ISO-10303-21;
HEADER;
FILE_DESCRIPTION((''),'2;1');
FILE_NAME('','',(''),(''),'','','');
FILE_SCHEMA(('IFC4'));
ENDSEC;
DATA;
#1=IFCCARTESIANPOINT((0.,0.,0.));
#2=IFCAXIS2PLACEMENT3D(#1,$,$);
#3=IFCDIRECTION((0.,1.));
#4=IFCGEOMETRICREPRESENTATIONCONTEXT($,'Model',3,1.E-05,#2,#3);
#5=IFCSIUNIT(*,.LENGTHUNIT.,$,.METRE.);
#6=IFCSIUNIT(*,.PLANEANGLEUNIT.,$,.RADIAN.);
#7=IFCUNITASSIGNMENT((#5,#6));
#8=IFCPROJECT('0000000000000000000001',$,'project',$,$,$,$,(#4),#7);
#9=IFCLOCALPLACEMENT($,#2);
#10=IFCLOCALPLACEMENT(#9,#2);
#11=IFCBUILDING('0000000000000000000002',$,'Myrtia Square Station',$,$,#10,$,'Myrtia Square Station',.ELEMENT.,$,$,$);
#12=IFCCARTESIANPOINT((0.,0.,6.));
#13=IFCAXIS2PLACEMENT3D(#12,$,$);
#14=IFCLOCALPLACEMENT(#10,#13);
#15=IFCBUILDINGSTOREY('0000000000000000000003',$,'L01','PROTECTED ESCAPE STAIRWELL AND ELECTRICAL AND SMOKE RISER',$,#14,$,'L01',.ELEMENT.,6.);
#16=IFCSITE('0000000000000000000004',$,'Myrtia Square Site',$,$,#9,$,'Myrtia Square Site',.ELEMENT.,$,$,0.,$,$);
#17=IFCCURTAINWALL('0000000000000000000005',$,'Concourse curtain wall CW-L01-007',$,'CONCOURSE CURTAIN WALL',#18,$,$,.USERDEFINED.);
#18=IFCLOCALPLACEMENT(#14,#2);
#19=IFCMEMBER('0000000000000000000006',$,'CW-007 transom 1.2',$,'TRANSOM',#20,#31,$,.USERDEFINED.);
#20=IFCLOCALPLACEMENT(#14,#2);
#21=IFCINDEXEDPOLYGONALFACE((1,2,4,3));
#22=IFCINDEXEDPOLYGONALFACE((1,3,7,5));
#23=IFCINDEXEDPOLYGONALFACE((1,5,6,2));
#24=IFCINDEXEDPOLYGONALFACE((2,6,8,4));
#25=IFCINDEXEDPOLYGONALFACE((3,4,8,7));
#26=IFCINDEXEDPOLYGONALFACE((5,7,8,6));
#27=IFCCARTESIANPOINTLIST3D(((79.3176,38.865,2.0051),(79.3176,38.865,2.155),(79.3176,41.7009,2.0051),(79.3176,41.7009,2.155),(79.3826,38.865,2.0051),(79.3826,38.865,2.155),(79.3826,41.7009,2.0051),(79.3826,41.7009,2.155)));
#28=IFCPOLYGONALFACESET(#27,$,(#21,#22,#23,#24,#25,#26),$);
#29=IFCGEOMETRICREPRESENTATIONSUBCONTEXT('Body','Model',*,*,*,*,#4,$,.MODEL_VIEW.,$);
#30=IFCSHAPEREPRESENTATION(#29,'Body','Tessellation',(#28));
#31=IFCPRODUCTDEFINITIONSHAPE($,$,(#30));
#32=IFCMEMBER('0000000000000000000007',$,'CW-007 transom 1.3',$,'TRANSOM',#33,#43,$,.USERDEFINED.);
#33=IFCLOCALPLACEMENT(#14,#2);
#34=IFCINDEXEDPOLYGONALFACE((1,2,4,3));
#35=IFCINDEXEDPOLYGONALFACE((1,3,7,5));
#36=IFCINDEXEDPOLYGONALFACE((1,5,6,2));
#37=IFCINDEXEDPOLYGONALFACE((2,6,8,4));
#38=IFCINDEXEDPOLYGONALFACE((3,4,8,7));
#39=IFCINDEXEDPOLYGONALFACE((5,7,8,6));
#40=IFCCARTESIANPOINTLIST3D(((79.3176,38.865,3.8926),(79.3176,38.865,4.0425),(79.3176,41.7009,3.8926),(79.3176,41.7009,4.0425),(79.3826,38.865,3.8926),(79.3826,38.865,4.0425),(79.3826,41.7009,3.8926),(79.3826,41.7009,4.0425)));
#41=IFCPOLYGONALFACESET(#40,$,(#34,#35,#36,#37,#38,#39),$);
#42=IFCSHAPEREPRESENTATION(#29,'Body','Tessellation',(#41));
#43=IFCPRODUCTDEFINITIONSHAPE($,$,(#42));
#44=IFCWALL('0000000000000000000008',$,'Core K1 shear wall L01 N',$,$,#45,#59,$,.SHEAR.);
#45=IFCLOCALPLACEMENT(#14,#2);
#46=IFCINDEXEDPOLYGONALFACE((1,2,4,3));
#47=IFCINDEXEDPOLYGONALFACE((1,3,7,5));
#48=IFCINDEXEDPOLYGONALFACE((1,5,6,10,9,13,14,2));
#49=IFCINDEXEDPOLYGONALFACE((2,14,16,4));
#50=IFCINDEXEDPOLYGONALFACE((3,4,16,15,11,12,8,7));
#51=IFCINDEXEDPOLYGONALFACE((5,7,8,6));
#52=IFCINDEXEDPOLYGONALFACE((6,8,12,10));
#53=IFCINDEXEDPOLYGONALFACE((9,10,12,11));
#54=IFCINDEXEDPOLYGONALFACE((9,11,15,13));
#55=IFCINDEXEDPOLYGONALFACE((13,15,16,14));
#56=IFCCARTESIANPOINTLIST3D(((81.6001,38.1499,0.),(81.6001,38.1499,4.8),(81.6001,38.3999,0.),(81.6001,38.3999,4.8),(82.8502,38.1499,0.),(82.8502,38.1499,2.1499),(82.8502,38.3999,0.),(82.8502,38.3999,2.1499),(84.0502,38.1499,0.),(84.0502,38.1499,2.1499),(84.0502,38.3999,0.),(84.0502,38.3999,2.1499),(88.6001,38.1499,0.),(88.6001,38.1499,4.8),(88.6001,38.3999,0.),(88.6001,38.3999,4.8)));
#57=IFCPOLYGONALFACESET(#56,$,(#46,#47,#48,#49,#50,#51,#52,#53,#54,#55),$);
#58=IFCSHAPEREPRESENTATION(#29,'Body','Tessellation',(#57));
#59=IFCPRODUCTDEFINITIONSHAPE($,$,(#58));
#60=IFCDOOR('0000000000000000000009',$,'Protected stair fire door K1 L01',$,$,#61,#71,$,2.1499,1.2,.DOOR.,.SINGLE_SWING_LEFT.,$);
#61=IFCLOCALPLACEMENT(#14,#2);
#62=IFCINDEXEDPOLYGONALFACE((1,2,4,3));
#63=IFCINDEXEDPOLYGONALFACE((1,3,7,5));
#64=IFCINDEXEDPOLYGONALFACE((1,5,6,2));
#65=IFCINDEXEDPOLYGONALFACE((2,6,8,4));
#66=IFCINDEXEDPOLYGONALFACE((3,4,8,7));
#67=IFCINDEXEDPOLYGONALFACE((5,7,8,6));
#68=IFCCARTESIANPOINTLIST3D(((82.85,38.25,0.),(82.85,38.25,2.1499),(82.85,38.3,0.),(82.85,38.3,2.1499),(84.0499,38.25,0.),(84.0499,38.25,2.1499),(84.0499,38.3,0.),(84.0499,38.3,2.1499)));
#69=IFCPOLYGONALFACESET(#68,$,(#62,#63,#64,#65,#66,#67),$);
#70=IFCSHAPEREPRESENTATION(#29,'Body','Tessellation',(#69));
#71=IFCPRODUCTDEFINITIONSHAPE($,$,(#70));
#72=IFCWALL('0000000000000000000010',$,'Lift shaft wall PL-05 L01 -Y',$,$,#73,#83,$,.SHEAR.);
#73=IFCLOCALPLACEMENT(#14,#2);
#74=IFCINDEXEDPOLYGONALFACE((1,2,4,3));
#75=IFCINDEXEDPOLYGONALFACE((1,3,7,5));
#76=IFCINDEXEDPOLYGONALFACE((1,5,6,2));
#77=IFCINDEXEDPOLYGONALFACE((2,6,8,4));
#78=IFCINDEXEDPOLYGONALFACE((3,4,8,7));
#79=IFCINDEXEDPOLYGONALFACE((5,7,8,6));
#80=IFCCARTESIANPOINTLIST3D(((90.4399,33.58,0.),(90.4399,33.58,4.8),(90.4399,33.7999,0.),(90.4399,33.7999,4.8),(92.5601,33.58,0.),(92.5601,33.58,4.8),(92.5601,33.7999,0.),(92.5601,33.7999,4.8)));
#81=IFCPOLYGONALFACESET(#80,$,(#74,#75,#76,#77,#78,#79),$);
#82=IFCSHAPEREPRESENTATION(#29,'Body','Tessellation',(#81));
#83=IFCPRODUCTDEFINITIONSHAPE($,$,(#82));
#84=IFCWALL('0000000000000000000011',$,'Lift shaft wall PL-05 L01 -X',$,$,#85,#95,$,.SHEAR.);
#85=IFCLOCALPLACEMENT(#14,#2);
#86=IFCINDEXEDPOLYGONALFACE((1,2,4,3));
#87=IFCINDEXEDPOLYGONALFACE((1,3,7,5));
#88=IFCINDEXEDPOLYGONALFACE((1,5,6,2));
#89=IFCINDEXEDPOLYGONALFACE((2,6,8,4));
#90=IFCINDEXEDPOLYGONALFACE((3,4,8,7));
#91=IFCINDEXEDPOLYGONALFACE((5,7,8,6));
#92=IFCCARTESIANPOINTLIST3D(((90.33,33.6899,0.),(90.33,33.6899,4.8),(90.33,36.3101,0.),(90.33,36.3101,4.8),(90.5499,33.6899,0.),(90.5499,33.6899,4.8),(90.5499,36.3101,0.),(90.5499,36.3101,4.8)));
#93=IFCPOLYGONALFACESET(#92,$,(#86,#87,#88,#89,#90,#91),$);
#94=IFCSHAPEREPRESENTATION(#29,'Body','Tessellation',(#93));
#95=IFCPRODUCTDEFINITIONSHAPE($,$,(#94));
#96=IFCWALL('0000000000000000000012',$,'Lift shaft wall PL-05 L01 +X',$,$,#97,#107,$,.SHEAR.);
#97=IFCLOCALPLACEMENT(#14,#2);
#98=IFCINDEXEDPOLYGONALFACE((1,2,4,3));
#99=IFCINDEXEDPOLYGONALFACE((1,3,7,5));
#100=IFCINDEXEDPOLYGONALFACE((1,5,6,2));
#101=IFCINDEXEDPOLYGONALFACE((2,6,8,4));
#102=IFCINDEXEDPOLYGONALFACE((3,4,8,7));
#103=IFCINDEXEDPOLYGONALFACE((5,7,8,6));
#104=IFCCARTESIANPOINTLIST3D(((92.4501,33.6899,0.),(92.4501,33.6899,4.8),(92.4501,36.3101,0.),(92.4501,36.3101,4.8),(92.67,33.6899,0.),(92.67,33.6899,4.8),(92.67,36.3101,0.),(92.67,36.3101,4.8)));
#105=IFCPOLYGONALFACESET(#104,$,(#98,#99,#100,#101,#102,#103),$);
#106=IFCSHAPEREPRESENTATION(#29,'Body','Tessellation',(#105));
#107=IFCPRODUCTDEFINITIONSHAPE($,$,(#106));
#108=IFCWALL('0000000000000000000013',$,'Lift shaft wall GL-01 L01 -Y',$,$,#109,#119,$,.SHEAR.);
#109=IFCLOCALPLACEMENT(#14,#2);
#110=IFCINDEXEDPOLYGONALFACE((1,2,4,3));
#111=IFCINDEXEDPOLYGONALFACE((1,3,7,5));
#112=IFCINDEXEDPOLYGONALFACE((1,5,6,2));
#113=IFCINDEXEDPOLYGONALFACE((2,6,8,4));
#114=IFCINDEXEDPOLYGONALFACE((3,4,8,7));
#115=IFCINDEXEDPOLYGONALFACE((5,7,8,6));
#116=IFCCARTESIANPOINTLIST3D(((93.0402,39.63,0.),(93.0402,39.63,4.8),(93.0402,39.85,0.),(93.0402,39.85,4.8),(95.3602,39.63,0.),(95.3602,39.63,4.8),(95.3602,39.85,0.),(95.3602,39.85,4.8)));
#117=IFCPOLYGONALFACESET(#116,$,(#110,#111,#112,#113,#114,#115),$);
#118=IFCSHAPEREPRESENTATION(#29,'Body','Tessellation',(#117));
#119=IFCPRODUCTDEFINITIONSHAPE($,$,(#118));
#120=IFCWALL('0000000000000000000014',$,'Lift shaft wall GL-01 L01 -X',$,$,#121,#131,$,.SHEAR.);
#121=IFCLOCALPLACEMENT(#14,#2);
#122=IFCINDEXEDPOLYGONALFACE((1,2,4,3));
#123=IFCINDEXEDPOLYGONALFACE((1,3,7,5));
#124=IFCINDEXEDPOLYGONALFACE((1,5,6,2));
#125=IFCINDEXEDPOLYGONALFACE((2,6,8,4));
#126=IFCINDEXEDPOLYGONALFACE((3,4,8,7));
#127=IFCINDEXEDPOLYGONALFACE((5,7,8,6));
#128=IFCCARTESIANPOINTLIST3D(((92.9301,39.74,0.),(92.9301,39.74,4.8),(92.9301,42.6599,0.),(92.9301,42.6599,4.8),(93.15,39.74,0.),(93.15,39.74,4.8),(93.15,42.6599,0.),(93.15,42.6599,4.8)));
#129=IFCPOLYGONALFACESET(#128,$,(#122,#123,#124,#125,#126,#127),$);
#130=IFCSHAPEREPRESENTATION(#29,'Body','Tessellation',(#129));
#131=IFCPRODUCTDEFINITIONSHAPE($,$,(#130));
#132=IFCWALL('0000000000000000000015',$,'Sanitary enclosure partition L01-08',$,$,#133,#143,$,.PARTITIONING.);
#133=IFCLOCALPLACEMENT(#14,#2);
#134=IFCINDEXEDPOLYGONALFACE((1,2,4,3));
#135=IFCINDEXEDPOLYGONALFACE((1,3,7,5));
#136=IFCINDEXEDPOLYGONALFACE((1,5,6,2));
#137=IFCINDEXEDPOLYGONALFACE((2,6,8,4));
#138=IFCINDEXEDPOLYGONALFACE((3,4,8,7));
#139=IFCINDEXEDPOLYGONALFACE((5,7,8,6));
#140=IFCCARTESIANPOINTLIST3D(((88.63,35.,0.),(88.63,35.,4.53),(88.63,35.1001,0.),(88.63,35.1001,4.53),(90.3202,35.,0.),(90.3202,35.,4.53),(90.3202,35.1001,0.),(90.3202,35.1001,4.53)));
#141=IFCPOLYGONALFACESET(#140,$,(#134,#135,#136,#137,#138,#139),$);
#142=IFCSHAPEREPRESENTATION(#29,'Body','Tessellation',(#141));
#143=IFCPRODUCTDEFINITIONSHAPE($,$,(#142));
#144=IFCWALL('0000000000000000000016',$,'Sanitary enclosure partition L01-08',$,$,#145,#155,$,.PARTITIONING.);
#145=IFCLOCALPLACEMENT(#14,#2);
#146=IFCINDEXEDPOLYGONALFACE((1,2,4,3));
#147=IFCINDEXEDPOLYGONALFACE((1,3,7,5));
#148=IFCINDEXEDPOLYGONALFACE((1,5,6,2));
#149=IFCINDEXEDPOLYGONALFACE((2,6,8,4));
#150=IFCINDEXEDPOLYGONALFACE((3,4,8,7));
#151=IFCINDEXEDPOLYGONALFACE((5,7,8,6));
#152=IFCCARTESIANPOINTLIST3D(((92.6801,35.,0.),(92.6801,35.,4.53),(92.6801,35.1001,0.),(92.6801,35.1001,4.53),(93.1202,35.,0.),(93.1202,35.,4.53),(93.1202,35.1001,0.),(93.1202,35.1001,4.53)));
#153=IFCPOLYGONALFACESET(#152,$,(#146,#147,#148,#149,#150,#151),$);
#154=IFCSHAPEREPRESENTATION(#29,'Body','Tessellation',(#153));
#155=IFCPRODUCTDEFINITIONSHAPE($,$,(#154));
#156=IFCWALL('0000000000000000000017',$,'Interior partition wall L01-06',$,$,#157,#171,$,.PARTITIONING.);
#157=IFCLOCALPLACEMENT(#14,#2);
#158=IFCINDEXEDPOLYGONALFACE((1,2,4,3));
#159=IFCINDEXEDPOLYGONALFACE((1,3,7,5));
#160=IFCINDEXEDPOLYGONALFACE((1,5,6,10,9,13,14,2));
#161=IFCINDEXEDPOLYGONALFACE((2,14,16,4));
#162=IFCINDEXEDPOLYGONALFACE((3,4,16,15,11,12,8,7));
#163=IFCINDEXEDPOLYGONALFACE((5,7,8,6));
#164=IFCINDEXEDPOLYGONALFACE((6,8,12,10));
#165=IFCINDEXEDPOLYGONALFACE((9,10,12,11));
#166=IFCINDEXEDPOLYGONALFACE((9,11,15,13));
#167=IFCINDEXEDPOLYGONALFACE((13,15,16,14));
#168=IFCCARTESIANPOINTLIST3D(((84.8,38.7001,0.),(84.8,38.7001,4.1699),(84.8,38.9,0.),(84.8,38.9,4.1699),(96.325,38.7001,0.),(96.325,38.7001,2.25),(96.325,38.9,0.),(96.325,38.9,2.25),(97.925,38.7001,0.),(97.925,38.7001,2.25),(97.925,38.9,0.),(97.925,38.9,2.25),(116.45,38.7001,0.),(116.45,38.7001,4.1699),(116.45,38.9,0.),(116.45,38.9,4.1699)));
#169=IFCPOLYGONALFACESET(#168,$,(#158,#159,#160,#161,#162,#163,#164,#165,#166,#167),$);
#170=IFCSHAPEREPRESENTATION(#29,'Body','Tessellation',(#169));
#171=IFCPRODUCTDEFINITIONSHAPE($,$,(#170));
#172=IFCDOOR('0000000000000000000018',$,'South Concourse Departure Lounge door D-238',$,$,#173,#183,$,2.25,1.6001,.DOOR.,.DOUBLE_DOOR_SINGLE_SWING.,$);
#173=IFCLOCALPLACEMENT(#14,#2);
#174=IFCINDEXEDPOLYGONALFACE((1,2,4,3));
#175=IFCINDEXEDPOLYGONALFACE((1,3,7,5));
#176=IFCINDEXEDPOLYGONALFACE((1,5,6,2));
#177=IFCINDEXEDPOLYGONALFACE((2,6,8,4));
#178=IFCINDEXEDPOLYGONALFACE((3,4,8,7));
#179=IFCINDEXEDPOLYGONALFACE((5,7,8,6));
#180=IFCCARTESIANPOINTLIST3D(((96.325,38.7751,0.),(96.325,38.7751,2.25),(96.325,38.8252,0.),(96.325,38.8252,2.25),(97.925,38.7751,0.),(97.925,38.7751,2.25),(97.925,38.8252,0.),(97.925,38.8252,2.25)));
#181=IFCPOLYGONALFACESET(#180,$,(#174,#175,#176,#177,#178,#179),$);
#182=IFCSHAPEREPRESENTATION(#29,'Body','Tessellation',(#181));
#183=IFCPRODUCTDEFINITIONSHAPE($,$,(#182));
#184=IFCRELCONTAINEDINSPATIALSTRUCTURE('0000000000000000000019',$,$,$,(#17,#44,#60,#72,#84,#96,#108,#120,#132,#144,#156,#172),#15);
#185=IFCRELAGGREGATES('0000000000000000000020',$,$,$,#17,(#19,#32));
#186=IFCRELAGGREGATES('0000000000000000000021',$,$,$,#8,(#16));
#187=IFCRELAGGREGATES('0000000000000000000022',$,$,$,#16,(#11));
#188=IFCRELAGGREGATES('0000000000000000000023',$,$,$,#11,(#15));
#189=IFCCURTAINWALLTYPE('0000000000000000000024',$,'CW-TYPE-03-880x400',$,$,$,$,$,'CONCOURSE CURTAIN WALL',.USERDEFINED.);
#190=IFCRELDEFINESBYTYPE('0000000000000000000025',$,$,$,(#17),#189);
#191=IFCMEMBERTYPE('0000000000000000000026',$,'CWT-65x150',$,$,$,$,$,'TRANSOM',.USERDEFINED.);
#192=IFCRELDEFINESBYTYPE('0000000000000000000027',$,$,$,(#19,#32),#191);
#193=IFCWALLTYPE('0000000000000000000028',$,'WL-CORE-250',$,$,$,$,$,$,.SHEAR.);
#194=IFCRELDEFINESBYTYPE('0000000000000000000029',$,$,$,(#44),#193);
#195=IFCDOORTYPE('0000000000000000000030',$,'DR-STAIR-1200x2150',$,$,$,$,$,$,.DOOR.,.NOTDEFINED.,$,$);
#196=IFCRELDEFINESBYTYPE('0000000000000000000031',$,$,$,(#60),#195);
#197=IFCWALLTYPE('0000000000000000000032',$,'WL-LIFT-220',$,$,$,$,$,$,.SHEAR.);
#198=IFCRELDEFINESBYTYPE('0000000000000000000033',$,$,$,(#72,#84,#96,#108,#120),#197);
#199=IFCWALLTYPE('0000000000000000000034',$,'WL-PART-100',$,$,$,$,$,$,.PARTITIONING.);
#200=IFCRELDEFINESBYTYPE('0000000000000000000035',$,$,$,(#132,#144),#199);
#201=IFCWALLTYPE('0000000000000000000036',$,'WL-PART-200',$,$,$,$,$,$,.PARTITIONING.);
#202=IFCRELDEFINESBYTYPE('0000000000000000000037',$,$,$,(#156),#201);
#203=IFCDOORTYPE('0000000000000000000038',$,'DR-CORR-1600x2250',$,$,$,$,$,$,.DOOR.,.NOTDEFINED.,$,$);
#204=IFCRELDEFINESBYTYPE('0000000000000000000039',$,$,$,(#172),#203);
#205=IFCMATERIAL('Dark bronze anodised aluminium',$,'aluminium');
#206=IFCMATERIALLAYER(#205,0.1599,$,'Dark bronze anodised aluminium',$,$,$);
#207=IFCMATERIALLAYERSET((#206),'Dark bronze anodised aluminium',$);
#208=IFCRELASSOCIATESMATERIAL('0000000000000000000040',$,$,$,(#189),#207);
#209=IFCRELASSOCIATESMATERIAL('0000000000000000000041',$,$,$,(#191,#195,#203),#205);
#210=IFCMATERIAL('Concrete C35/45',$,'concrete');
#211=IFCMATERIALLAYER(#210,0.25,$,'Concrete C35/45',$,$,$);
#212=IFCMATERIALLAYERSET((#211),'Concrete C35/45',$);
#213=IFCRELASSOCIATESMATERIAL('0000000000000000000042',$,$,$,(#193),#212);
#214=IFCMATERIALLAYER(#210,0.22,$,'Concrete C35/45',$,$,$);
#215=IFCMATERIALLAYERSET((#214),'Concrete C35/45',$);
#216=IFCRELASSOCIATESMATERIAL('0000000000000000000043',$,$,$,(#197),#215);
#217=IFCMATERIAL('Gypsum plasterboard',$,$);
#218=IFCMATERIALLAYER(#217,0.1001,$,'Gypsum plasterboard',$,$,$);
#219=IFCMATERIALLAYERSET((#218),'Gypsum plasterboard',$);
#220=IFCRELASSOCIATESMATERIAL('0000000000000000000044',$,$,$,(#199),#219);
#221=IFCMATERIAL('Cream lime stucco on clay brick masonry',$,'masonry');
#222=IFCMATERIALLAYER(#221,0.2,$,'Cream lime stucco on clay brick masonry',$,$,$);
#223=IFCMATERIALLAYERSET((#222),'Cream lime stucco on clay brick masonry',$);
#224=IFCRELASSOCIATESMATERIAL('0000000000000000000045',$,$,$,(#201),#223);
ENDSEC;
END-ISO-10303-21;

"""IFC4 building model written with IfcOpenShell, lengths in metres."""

from ifc_helpers import new_model, si_unit, direction, frame, frame_2d, origin, origin_2d, place, context, subcontext, project, spatial, rectangle, extrude, material, layer, layer_set, material_profile, profile_set, type_object, element, fill, aggregate, save


model = new_model("IFC4")

# Units and contexts
model_context = context("Model", 3, precision=1e-05, world=origin(), true_north=direction((0.0, 1.0)))
body_context = subcontext(model_context, "Body", "Model", "MODEL_VIEW")
ifc_project = project(units=[si_unit("LENGTHUNIT", "METRE"), si_unit("PLANEANGLEUNIT", "RADIAN")], contexts=[model_context])

# Site, building, storey
site_placement = place(None, origin())
site = spatial("IfcSite", under=ifc_project, at=site_placement, Name="Myrtia Square Site", LongName="Myrtia Square Site", CompositionType="ELEMENT", RefElevation=0.0)
building_placement = place(site_placement, origin())
building = spatial("IfcBuilding", under=site, at=building_placement, Name="Myrtia Square Station", LongName="Myrtia Square Station", CompositionType="ELEMENT")
storey_placement = place(building_placement, frame((0.0, 0.0, 6.0)))
storey = spatial("IfcBuildingStorey", under=building, at=storey_placement, Name="L01", Description="PROTECTED ESCAPE STAIRWELL AND ELECTRICAL AND SMOKE RISER", LongName="L01", CompositionType="ELEMENT", Elevation=6.0)

# Curtain wall, members
ifc_material_1 = material(Name="Dark bronze anodised aluminium", Category="aluminium")
ifc_layer_1 = layer(ifc_material_1, 0.1599, Name="Dark bronze anodised aluminium")
ifc_layer_set_1 = layer_set([ifc_layer_1], Name="Dark bronze anodised aluminium")
curtain_wall_type = type_object("IfcCurtainWallType", Name="CW-TYPE-03-880x400", ElementType="CONCOURSE CURTAIN WALL", PredefinedType="USERDEFINED", material=ifc_layer_set_1)
curtain_wall_placement = place(storey_placement, origin())
curtain_wall = element("IfcCurtainWall", 1, at=curtain_wall_placement, inside=storey, type_object=curtain_wall_type, Name="Concourse curtain wall CW-L01-007", ObjectType="CONCOURSE CURTAIN WALL", PredefinedType="USERDEFINED")
ifc_material_profile_1 = material_profile(ifc_material_1, rectangle(XDim=0.0649, YDim=0.1499, at=origin_2d()), Name="ALU-T 65x150")
ifc_profile_set_1 = profile_set([ifc_material_profile_1], Name="Dark bronze anodised aluminium")
member_type = type_object("IfcMemberType", Name="CWT-65x150", ElementType="TRANSOM", PredefinedType="USERDEFINED", material=ifc_profile_set_1)
member_1_placement = place(storey_placement, frame((79.3501, 38.865, 2.0801), z_axis=(0.0, 1.0, 0.0), x_axis=(-1.0, 0.0, 0.0)))
member_1 = element("IfcMember", 2, at=member_1_placement, type_object=member_type, Name="CW-007 transom 1.2", ObjectType="TRANSOM", PredefinedType="USERDEFINED", context=body_context, shape_type="SweptSolid", body=[
    extrude(rectangle(XDim=0.0649, YDim=0.1499, at=origin_2d()), origin(), (0.0, 0.0, 1.0), 2.8359),
])
member_2_placement = place(storey_placement, frame((79.3501, 38.865, 3.9675), z_axis=(0.0, 1.0, 0.0), x_axis=(-1.0, 0.0, 0.0)))
member_2 = element("IfcMember", 3, at=member_2_placement, type_object=member_type, Name="CW-007 transom 1.3", ObjectType="TRANSOM", PredefinedType="USERDEFINED", context=body_context, shape_type="SweptSolid", body=[
    extrude(rectangle(XDim=0.0649, YDim=0.1499, at=origin_2d()), origin(), (0.0, 0.0, 1.0), 2.8359),
])
aggregate(curtain_wall, [member_1, member_2])

# Wall, opening, door
ifc_material_2 = material(Name="Concrete C35/45", Category="concrete")
ifc_layer_2 = layer(ifc_material_2, 0.25, Name="Concrete C35/45")
ifc_layer_set_2 = layer_set([ifc_layer_2], Name="Concrete C35/45")
wall_type_1 = type_object("IfcWallType", Name="WL-CORE-250", PredefinedType="SHEAR", material=ifc_layer_set_2)
wall_1_placement = place(storey_placement, frame((81.6001, 38.2749, 0.0), z_axis=(0.0, 0.0, 1.0), x_axis=(1.0, 0.0, 0.0)))
wall_1 = element("IfcWall", 4, at=wall_1_placement, inside=storey, type_object=wall_type_1, Name="Core K1 shear wall L01 N", PredefinedType="SHEAR", context=body_context, shape_type="SweptSolid", body=[
    extrude(rectangle(XDim=7.0, YDim=0.25, at=frame_2d((3.5, 0.0))), origin(), (0.0, 0.0, 1.0), 4.8),
])
opening_1_placement = place(wall_1_placement, frame((1.25, 0.0, 0.0)))
opening_1 = element("IfcOpeningElement", 5, at=opening_1_placement, cuts=wall_1, PredefinedType="OPENING", context=body_context, shape_type="SweptSolid", body=[
    extrude(rectangle(XDim=1.2, YDim=2.1499, at=frame_2d((0.6001, 1.075))), frame((0.0, 0.1399, 0.0), z_axis=(0.0, -1.0, 0.0), x_axis=(1.0, 0.0, 0.0)), (0.0, 0.0, 1.0), 0.28),
])
door_type_1 = type_object("IfcDoorType", Name="DR-STAIR-1200x2150", OperationType="NOTDEFINED", PredefinedType="DOOR", material=ifc_material_1)
door_1_placement = place(opening_1_placement, frame((1.2, 0.0, 0.0), z_axis=(0.0, 0.0, 1.0), x_axis=(-1.0, 0.0, 0.0)))
door_1 = element("IfcDoor", 6, at=door_1_placement, inside=storey, type_object=door_type_1, Name="Protected stair fire door K1 L01", OperationType="SINGLE_SWING_LEFT", OverallHeight=2.1499, OverallWidth=1.2, PredefinedType="DOOR", context=body_context, shape_type="SweptSolid", body=[
    extrude(rectangle(XDim=1.2, YDim=2.1499, at=frame_2d((0.6001, 1.075))), frame((0.0, 0.0249, 0.0), z_axis=(0.0, -1.0, 0.0), x_axis=(1.0, 0.0, 0.0)), (0.0, 0.0, 1.0), 0.05),
])
fill(opening_1, door_1)

# Wall
ifc_layer_3 = layer(ifc_material_2, 0.22, Name="Concrete C35/45")
ifc_layer_set_3 = layer_set([ifc_layer_3], Name="Concrete C35/45")
wall_type_2 = type_object("IfcWallType", Name="WL-LIFT-220", PredefinedType="SHEAR", material=ifc_layer_set_3)
wall_2_placement = place(storey_placement, frame((90.4399, 33.6899, 0.0), z_axis=(0.0, 0.0, 1.0), x_axis=(1.0, 0.0, 0.0)))
element("IfcWall", 7, at=wall_2_placement, inside=storey, type_object=wall_type_2, Name="Lift shaft wall PL-05 L01 -Y", PredefinedType="SHEAR", context=body_context, shape_type="SweptSolid", body=[
    extrude(rectangle(XDim=2.1201, YDim=0.22, at=frame_2d((1.0601, 0.0))), origin(), (0.0, 0.0, 1.0), 4.8),
])

# Walls
for number, where, z_axis, x_axis, name in (
    (8, (90.4399, 33.6899, 0.0), (0.0, 0.0, 1.0), (0.0, 1.0, 0.0), "Lift shaft wall PL-05 L01 -X"),
    (9, (92.5601, 33.6899, 0.0), (0.0, 0.0, 1.0), (0.0, 1.0, 0.0), "Lift shaft wall PL-05 L01 +X"),
):
    element("IfcWall", number, at=place(storey_placement, frame(where, z_axis=z_axis, x_axis=x_axis)), inside=storey, type_object=wall_type_2, Name=name, PredefinedType="SHEAR", context=body_context, shape_type="SweptSolid", body=[
        extrude(rectangle(XDim=2.6201, YDim=0.22, at=frame_2d((1.3101, 0.0))), origin(), (0.0, 0.0, 1.0), 4.8),
    ])
wall_3_placement = place(storey_placement, frame((93.04, 39.74, 0.0), z_axis=(0.0, 0.0, 1.0), x_axis=(1.0, 0.0, 0.0)))
element("IfcWall", 10, at=wall_3_placement, inside=storey, type_object=wall_type_2, Name="Lift shaft wall GL-01 L01 -Y", PredefinedType="SHEAR", context=body_context, shape_type="SweptSolid", body=[
    extrude(rectangle(XDim=2.3201, YDim=0.22, at=frame_2d((1.1602, 0.0))), origin(), (0.0, 0.0, 1.0), 4.8),
])
wall_4_placement = place(storey_placement, frame((93.04, 39.74, 0.0), z_axis=(0.0, 0.0, 1.0), x_axis=(0.0, 1.0, 0.0)))
element("IfcWall", 11, at=wall_4_placement, inside=storey, type_object=wall_type_2, Name="Lift shaft wall GL-01 L01 -X", PredefinedType="SHEAR", context=body_context, shape_type="SweptSolid", body=[
    extrude(rectangle(XDim=2.9199, YDim=0.22, at=frame_2d((1.46, 0.0))), origin(), (0.0, 0.0, 1.0), 4.8),
])
ifc_material_3 = material(Name="Gypsum plasterboard")
ifc_layer_4 = layer(ifc_material_3, 0.1001, Name="Gypsum plasterboard")
ifc_layer_set_4 = layer_set([ifc_layer_4], Name="Gypsum plasterboard")
wall_type_3 = type_object("IfcWallType", Name="WL-PART-100", PredefinedType="PARTITIONING", material=ifc_layer_set_4)
wall_5_placement = place(storey_placement, frame((88.6299, 35.05, 0.0), z_axis=(0.0, 0.0, 1.0), x_axis=(1.0, 0.0, 0.0)))
element("IfcWall", 12, at=wall_5_placement, inside=storey, type_object=wall_type_3, Name="Sanitary enclosure partition L01-08", PredefinedType="PARTITIONING", context=body_context, shape_type="SweptSolid", body=[
    extrude(rectangle(XDim=1.6902, YDim=0.1001, at=frame_2d((0.8452, 0.0))), origin(), (0.0, 0.0, 1.0), 4.53),
])
wall_6_placement = place(storey_placement, frame((92.6799, 35.05, 0.0), z_axis=(0.0, 0.0, 1.0), x_axis=(1.0, 0.0, 0.0)))
element("IfcWall", 13, at=wall_6_placement, inside=storey, type_object=wall_type_3, Name="Sanitary enclosure partition L01-08", PredefinedType="PARTITIONING", context=body_context, shape_type="SweptSolid", body=[
    extrude(rectangle(XDim=0.4402, YDim=0.1001, at=frame_2d((0.2202, 0.0))), origin(), (0.0, 0.0, 1.0), 4.53),
])

# Wall, opening, door
ifc_material_4 = material(Name="Cream lime stucco on clay brick masonry", Category="masonry")
ifc_layer_5 = layer(ifc_material_4, 0.2, Name="Cream lime stucco on clay brick masonry")
ifc_layer_set_5 = layer_set([ifc_layer_5], Name="Cream lime stucco on clay brick masonry")
wall_type_4 = type_object("IfcWallType", Name="WL-PART-200", PredefinedType="PARTITIONING", material=ifc_layer_set_5)
wall_7_placement = place(storey_placement, frame((84.8, 38.8, 0.0), z_axis=(0.0, 0.0, 1.0), x_axis=(1.0, 0.0, 0.0)))
wall_7 = element("IfcWall", 14, at=wall_7_placement, inside=storey, type_object=wall_type_4, Name="Interior partition wall L01-06", PredefinedType="PARTITIONING", context=body_context, shape_type="SweptSolid", body=[
    extrude(rectangle(XDim=31.6499, YDim=0.2, at=frame_2d((15.825, 0.0))), origin(), (0.0, 0.0, 1.0), 4.1699),
])
opening_2_placement = place(wall_7_placement, frame((11.5249, 0.0, 0.0)))
opening_2 = element("IfcOpeningElement", 15, at=opening_2_placement, cuts=wall_7, PredefinedType="OPENING", context=body_context, shape_type="SweptSolid", body=[
    extrude(rectangle(XDim=1.6001, YDim=2.25, at=frame_2d((0.8, 1.125))), frame((0.0, 0.115, 0.0), z_axis=(0.0, -1.0, 0.0), x_axis=(1.0, 0.0, 0.0)), (0.0, 0.0, 1.0), 0.23),
])
door_type_2 = type_object("IfcDoorType", Name="DR-CORR-1600x2250", OperationType="NOTDEFINED", PredefinedType="DOOR", material=ifc_material_1)
door_2_placement = place(opening_2_placement, frame((1.6001, 0.0, 0.0), z_axis=(0.0, 0.0, 1.0), x_axis=(-1.0, 0.0, 0.0)))
door_2 = element("IfcDoor", 16, at=door_2_placement, inside=storey, type_object=door_type_2, Name="South Concourse Departure Lounge door D-238", OperationType="DOUBLE_DOOR_SINGLE_SWING", OverallHeight=2.25, OverallWidth=1.6001, PredefinedType="DOOR", context=body_context, shape_type="SweptSolid", body=[
    extrude(rectangle(XDim=1.6001, YDim=2.25, at=frame_2d((0.8, 1.125))), frame((0.0, 0.0249, 0.0), z_axis=(0.0, -1.0, 0.0), x_axis=(1.0, 0.0, 0.0)), (0.0, 0.0, 1.0), 0.05),
])
fill(opening_2, door_2)

save(model, "model.ifc")
